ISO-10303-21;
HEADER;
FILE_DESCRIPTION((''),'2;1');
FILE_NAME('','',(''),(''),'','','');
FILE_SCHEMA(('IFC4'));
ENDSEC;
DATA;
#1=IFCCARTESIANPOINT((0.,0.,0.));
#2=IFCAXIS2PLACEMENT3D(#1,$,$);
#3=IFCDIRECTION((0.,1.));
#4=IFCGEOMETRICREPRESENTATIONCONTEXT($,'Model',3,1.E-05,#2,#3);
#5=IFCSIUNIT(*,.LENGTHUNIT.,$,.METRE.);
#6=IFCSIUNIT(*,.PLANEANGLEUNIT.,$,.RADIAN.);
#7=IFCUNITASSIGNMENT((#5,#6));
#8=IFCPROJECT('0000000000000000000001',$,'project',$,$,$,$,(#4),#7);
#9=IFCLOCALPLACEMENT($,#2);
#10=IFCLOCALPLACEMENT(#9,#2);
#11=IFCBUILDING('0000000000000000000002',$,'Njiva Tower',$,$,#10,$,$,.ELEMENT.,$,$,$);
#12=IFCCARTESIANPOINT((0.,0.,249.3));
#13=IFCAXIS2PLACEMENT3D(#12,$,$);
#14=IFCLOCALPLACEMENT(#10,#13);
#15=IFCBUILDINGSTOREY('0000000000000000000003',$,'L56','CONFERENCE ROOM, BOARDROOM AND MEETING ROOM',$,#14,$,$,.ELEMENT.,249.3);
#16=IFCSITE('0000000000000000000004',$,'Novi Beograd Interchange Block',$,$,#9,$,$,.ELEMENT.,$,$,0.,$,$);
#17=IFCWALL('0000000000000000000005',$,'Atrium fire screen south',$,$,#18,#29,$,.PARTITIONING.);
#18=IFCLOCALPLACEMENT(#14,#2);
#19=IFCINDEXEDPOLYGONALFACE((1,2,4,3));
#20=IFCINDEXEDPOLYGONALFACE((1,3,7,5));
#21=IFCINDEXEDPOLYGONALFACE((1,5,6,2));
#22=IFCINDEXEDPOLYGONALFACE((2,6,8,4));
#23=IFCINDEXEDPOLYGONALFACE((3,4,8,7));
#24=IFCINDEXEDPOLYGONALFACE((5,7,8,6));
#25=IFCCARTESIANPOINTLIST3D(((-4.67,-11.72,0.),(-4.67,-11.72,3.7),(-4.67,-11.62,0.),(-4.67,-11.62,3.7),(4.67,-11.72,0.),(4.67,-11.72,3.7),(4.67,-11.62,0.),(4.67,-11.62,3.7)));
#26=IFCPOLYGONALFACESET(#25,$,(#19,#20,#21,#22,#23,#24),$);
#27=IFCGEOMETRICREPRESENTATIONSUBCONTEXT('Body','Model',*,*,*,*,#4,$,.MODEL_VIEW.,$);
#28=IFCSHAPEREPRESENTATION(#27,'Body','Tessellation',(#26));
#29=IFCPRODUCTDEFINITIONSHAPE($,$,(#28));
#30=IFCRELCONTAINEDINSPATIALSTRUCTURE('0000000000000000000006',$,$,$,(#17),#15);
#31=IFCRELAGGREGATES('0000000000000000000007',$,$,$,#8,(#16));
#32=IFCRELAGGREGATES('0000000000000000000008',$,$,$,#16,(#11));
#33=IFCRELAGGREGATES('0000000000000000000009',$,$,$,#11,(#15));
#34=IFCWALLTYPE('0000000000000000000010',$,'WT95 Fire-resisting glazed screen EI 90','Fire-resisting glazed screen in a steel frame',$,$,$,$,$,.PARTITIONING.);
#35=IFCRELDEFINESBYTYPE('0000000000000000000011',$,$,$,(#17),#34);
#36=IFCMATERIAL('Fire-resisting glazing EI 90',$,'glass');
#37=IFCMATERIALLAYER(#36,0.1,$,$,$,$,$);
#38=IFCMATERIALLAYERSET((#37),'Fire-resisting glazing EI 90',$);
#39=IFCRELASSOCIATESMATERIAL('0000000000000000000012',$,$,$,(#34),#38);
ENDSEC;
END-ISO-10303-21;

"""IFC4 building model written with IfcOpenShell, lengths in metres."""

from ifc_helpers import new_model, si_unit, direction, frame, frame_2d, origin, place, context, subcontext, project, spatial, rectangle, extrude, material, layer, layer_set, type_object, element, save


model = new_model("IFC4")

# Units and contexts
model_context = context("Model", 3, precision=1e-05, world=origin(), true_north=direction((0.0, 1.0)))
body_context = subcontext(model_context, "Body", "Model", "MODEL_VIEW")
ifc_project = project(units=[si_unit("LENGTHUNIT", "METRE"), si_unit("PLANEANGLEUNIT", "RADIAN")], contexts=[model_context])

# Site, building, storey
site_placement = place(None, origin())
site = spatial("IfcSite", under=ifc_project, at=site_placement, Name="Novi Beograd Interchange Block", CompositionType="ELEMENT", RefElevation=0.0)
building_placement = place(site_placement, origin())
building = spatial("IfcBuilding", under=site, at=building_placement, Name="Njiva Tower", CompositionType="ELEMENT")
storey_placement = place(building_placement, frame((0.0, 0.0, 249.3)))
storey = spatial("IfcBuildingStorey", under=building, at=storey_placement, Name="L56", Description="CONFERENCE ROOM, BOARDROOM AND MEETING ROOM", CompositionType="ELEMENT", Elevation=249.3)

# Wall
ifc_material_1 = material(Name="Fire-resisting glazing EI 90", Category="glass")
ifc_layer_1 = layer(ifc_material_1, 0.1)
ifc_layer_set_1 = layer_set([ifc_layer_1], Name="Fire-resisting glazing EI 90")
wall_type_1 = type_object("IfcWallType", Name="WT95 Fire-resisting glazed screen EI 90", Description="Fire-resisting glazed screen in a steel frame", PredefinedType="PARTITIONING", material=ifc_layer_set_1)
wall_1_placement = place(storey_placement, frame((-4.67, -11.67, 0.0), z_axis=(0.0, 0.0, 1.0), x_axis=(1.0, 0.0, 0.0)))
element("IfcWall", 1, at=wall_1_placement, inside=storey, type_object=wall_type_1, Name="Atrium fire screen south", PredefinedType="PARTITIONING", context=body_context, shape_type="SweptSolid", body=[
    extrude(rectangle(XDim=9.34, YDim=0.1, at=frame_2d((4.67, 0.0))), origin(), (0.0, 0.0, 1.0), 3.7),
])

save(model, "model.ifc")
